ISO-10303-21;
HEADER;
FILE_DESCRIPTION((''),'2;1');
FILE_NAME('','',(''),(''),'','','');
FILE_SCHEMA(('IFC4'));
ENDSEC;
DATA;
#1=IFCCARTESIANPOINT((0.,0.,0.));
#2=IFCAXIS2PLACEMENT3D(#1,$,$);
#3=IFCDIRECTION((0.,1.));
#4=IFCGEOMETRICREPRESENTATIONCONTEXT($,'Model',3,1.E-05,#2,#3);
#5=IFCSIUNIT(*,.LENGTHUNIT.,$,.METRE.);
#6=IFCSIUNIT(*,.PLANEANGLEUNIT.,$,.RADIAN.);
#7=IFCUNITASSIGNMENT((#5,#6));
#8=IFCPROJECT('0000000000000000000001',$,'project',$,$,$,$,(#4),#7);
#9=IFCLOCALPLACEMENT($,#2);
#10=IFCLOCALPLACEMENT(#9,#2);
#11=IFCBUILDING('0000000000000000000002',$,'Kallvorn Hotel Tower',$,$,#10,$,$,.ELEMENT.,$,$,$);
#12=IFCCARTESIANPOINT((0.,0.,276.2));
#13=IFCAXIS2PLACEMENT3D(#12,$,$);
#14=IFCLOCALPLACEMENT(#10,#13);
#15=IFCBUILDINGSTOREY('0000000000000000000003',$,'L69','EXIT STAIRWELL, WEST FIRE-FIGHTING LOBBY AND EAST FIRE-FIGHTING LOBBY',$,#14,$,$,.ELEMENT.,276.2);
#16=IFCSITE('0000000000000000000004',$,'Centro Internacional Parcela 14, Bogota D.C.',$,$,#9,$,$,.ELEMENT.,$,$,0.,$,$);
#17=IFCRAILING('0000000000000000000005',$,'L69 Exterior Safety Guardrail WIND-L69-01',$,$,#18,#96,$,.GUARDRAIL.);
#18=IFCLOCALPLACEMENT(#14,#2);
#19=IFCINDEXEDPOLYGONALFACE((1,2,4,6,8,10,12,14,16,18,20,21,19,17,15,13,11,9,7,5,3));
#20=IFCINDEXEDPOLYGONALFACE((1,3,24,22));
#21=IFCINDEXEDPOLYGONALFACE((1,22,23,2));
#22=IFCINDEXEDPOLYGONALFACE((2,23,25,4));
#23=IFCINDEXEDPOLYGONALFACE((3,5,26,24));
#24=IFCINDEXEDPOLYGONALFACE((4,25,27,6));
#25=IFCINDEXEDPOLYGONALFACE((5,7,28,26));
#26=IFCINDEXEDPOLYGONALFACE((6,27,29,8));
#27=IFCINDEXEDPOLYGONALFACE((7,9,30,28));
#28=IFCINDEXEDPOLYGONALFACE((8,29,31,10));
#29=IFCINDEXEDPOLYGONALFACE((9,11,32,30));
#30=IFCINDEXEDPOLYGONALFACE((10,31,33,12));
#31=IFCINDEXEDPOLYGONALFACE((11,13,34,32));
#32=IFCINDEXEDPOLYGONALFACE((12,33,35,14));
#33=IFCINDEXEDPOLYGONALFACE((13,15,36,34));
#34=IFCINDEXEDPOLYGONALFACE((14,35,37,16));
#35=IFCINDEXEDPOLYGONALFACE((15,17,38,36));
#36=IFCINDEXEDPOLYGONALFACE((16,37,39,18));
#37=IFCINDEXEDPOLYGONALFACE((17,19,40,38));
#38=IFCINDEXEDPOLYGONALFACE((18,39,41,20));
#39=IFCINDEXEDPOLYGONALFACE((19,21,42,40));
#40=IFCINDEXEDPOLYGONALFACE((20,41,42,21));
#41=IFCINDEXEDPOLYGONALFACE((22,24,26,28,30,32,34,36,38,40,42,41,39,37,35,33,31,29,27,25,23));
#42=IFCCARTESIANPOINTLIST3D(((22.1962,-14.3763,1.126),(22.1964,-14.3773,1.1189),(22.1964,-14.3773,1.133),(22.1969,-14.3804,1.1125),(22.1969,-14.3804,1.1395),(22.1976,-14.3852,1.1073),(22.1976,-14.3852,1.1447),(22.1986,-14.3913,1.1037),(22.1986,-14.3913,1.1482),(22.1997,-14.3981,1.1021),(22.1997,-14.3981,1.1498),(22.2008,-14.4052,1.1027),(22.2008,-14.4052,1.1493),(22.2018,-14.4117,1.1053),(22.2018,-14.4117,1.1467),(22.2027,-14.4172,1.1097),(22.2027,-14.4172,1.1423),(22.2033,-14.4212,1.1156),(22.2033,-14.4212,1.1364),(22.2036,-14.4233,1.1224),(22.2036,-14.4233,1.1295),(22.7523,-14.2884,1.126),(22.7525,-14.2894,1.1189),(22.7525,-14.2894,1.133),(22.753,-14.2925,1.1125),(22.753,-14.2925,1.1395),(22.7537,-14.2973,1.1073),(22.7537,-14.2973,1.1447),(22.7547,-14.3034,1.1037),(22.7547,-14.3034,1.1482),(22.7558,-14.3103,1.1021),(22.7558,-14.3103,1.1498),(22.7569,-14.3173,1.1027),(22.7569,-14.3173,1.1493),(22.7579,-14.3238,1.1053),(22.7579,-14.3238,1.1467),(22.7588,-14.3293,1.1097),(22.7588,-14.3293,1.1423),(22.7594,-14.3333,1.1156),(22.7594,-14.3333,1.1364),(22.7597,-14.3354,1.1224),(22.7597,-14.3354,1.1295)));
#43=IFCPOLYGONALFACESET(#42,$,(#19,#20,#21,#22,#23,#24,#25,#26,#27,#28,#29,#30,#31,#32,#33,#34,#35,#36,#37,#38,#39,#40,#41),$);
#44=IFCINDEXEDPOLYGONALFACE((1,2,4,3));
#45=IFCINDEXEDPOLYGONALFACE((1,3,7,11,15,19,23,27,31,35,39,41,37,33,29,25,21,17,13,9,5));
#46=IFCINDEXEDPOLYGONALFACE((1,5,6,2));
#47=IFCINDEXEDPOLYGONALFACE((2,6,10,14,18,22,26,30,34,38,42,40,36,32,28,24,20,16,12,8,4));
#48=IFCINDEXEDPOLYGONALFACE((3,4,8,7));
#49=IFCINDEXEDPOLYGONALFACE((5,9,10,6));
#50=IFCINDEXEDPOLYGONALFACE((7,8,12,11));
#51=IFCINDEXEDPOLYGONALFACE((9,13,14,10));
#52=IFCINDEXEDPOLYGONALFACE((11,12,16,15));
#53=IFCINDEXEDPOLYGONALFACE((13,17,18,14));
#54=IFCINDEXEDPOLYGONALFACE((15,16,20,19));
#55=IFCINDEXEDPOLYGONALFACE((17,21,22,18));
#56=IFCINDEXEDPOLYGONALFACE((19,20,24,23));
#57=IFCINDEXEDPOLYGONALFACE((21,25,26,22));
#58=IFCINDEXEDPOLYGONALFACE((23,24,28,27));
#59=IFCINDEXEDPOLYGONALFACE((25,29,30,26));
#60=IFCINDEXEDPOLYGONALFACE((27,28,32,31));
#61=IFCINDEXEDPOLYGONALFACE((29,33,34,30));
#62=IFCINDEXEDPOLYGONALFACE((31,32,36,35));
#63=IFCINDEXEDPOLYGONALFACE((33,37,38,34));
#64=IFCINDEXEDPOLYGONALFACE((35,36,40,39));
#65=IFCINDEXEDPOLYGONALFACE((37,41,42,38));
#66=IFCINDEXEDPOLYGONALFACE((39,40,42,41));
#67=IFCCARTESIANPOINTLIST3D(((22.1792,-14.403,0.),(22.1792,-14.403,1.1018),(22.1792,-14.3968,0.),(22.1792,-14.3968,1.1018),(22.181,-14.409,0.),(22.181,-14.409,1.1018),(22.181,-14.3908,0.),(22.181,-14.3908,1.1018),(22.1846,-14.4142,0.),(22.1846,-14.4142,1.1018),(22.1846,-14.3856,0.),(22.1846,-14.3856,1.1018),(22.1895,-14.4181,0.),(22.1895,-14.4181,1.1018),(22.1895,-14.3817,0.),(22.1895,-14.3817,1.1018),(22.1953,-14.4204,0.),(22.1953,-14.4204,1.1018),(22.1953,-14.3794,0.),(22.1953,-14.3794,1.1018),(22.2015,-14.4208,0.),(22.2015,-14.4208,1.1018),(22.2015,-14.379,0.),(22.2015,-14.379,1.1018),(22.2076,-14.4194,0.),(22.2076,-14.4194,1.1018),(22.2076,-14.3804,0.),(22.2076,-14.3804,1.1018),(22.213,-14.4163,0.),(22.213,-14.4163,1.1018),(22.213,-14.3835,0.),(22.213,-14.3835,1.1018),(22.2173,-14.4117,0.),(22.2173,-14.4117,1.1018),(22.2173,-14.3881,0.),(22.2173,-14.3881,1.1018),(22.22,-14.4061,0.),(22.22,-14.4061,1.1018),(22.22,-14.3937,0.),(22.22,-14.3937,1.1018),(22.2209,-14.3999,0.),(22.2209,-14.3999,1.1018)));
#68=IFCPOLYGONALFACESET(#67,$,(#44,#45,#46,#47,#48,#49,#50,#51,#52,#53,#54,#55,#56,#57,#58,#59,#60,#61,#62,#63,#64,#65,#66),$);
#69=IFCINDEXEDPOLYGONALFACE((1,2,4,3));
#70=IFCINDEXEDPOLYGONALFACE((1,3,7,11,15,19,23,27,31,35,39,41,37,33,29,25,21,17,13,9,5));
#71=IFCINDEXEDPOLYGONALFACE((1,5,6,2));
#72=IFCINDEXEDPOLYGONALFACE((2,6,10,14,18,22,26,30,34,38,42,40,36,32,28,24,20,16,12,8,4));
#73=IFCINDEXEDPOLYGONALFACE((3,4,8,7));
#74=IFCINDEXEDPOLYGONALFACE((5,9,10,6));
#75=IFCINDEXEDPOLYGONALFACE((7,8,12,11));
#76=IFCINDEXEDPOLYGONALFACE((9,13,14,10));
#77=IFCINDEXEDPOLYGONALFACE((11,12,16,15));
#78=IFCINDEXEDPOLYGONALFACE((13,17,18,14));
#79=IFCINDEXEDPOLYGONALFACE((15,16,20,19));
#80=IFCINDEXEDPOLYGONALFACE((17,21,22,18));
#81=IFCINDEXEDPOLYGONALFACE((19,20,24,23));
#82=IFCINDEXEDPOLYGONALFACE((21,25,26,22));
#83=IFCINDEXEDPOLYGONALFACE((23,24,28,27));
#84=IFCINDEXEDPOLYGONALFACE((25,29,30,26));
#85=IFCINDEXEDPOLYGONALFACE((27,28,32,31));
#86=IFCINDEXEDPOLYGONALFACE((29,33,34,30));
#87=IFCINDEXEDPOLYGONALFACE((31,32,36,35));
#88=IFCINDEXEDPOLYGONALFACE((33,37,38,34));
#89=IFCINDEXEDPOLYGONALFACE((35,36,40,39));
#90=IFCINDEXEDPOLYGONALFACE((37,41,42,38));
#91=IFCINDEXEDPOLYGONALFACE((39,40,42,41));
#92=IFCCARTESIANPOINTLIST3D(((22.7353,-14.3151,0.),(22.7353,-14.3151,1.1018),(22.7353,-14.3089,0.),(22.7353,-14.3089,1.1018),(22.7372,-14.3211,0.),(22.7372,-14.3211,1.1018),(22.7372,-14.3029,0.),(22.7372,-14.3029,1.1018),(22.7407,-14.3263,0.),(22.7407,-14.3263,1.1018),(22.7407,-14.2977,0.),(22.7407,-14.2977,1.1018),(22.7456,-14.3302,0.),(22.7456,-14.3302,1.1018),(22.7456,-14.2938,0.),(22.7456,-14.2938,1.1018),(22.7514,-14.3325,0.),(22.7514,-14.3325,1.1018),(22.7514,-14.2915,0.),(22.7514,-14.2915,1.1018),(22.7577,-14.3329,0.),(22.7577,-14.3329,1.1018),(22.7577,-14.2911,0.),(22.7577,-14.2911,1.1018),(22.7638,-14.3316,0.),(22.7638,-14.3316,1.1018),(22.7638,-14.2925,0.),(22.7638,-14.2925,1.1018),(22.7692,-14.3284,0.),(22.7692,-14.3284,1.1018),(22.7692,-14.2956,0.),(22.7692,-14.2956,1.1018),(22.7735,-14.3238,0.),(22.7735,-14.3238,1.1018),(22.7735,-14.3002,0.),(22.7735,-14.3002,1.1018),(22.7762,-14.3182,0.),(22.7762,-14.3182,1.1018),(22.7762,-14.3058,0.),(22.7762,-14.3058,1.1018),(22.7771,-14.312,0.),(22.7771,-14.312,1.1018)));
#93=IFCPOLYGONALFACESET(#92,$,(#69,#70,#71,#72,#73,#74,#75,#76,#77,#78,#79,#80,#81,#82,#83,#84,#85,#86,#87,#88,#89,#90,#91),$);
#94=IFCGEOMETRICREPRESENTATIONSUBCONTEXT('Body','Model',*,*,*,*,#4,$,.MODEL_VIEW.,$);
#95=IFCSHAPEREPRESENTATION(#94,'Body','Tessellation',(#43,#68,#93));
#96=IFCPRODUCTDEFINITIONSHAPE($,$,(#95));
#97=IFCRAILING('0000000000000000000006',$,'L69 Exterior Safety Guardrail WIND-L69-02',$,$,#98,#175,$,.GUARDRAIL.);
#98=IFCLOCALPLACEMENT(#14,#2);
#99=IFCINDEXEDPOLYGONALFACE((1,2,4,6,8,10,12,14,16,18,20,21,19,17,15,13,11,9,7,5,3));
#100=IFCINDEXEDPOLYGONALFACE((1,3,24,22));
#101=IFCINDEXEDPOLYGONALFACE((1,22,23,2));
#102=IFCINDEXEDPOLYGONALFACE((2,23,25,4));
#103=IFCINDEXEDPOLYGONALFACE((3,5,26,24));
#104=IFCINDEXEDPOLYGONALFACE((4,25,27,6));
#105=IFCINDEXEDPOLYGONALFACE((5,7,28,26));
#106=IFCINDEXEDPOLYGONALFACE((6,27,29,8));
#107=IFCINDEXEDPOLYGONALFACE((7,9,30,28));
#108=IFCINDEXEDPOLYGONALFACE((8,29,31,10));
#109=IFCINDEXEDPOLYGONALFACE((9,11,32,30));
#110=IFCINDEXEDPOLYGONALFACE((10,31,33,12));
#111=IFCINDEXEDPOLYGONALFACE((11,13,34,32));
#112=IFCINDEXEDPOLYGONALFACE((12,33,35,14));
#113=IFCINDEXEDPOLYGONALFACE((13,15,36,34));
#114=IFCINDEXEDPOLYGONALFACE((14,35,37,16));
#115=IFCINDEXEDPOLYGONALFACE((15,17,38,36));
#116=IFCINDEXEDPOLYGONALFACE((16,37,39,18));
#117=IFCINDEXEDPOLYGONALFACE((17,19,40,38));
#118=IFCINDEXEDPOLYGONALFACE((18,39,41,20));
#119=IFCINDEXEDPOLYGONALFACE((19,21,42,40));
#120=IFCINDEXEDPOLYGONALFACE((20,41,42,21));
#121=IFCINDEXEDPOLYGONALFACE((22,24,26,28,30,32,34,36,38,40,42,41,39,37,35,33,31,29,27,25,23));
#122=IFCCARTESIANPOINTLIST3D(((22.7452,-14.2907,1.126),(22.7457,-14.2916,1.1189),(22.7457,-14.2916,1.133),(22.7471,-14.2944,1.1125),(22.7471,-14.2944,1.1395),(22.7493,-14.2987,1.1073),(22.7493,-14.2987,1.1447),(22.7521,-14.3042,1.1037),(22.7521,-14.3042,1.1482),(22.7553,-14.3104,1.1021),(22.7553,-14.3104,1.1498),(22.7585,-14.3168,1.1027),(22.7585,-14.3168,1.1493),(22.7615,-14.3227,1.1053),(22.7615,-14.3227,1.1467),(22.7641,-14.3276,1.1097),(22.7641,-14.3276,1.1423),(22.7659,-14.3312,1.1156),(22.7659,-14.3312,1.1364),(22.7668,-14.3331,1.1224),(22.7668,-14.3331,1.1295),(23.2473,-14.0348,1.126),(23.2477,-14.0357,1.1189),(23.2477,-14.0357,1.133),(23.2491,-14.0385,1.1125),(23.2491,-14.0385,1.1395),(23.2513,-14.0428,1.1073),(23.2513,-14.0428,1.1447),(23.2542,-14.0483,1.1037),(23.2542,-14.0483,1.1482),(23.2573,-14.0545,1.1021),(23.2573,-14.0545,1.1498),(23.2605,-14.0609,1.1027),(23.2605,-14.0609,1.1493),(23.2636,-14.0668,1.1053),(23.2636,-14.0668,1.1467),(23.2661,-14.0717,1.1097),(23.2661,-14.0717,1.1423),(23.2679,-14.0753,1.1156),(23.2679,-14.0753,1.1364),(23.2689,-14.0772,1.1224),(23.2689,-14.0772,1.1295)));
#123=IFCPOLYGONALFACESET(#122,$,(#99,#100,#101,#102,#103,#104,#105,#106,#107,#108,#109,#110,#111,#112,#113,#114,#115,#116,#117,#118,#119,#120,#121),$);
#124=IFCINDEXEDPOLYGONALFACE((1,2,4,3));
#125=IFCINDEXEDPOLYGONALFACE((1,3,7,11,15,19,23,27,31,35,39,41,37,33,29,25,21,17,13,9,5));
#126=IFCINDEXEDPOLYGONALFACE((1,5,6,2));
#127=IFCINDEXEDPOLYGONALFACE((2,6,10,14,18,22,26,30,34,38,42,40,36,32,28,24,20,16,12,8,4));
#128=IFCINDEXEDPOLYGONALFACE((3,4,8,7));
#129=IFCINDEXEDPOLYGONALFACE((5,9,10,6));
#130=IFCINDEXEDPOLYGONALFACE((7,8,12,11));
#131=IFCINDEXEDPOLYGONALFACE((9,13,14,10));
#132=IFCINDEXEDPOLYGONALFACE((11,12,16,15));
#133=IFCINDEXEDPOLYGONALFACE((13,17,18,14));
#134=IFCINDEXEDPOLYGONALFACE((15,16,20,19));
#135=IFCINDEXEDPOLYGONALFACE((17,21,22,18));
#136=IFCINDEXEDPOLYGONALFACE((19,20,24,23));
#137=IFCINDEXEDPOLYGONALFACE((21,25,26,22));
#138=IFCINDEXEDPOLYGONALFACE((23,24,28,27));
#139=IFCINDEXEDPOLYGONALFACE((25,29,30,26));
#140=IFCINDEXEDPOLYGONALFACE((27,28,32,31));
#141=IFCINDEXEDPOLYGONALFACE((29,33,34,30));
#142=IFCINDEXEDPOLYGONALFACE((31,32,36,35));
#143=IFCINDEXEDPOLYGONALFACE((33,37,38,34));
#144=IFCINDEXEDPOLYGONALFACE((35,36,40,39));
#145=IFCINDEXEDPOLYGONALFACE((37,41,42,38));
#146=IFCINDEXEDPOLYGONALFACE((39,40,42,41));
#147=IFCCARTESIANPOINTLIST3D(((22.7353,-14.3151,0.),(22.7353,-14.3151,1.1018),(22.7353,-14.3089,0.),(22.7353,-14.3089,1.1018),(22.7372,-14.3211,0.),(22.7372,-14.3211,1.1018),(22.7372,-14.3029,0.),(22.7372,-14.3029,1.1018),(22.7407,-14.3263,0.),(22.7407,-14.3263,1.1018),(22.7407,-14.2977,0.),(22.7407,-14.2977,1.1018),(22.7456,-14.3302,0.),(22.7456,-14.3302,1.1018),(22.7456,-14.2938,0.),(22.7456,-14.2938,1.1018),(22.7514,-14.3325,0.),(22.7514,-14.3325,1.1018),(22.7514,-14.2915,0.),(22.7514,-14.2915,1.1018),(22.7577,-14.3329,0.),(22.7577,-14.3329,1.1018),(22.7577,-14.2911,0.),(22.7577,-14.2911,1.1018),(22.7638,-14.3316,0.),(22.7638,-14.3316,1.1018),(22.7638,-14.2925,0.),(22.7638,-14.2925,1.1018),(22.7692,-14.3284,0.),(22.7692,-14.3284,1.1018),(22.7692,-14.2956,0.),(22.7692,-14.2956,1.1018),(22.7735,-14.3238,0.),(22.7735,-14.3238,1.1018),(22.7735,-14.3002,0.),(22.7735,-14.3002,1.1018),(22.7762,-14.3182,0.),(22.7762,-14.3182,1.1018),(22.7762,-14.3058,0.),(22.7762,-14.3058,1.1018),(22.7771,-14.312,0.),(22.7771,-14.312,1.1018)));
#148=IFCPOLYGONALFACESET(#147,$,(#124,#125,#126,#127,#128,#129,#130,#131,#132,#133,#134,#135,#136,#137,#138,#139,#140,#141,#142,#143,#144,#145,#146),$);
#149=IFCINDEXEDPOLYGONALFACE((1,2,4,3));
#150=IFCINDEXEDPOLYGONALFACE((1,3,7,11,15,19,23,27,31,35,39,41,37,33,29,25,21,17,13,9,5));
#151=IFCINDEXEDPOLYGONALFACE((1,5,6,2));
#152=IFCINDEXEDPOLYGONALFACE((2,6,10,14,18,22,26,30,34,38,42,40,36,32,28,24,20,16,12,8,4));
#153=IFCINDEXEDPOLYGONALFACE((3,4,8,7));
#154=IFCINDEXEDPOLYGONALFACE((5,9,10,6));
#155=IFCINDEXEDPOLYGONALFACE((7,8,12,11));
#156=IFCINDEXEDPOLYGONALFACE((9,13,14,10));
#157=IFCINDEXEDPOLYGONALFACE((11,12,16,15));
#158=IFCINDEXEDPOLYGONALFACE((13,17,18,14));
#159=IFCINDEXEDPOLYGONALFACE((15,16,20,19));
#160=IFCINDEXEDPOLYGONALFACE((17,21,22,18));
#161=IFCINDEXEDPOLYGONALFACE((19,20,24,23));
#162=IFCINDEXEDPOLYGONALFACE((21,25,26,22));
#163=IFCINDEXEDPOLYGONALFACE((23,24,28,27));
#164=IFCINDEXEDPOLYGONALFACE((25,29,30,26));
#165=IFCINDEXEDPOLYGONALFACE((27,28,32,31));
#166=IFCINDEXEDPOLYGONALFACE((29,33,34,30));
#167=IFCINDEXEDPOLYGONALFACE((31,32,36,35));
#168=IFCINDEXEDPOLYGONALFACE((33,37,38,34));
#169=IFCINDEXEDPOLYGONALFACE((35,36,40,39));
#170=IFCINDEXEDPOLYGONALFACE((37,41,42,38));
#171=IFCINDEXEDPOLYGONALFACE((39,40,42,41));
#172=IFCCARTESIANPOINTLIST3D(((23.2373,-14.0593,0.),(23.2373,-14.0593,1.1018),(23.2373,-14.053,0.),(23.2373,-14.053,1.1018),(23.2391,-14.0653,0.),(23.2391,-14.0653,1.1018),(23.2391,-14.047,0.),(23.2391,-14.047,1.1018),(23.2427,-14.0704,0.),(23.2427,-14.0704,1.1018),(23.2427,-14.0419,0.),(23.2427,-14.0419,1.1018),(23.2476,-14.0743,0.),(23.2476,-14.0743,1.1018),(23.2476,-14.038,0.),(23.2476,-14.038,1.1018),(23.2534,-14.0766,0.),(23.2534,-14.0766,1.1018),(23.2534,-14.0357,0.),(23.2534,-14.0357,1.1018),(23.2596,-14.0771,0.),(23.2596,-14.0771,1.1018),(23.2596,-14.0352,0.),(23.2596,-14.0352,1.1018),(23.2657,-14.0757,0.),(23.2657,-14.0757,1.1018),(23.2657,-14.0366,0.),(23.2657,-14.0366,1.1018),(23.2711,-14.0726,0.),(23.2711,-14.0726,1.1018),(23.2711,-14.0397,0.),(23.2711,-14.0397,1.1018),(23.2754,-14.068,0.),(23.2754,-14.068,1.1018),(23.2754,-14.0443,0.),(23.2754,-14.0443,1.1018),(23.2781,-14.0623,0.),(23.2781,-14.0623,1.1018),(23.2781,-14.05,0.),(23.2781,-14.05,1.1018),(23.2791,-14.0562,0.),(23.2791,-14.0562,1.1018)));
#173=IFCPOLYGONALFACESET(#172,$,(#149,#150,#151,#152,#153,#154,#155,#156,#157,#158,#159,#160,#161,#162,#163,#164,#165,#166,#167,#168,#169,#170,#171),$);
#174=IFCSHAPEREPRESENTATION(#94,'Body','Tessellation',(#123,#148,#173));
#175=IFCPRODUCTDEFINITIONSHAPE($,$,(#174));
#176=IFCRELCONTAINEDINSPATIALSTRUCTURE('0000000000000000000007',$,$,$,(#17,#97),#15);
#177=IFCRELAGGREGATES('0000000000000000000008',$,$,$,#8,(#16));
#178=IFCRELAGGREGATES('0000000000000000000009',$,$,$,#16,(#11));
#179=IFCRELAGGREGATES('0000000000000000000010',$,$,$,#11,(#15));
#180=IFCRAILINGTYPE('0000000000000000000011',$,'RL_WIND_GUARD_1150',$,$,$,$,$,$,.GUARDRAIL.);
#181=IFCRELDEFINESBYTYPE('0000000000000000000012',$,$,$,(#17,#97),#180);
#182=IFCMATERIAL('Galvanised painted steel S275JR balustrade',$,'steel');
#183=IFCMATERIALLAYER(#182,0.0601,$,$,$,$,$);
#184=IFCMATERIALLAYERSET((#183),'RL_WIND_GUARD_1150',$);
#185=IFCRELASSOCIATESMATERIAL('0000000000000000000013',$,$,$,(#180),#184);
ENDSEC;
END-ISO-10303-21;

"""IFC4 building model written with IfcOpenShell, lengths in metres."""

from ifc_helpers import new_model, si_unit, direction, frame, origin, origin_2d, place, context, subcontext, project, spatial, circle, extrude, material, layer, layer_set, type_object, element, save


model = new_model("IFC4")

# Units and contexts
model_context = context("Model", 3, precision=1e-05, world=origin(), true_north=direction((0.0, 1.0)))
body_context = subcontext(model_context, "Body", "Model", "MODEL_VIEW")
ifc_project = project(units=[si_unit("LENGTHUNIT", "METRE"), si_unit("PLANEANGLEUNIT", "RADIAN")], contexts=[model_context])

# Site, building, storey
site_placement = place(None, origin())
site = spatial("IfcSite", under=ifc_project, at=site_placement, Name="Centro Internacional Parcela 14, Bogota D.C.", CompositionType="ELEMENT", RefElevation=0.0)
building_placement = place(site_placement, origin())
building = spatial("IfcBuilding", under=site, at=building_placement, Name="Kallvorn Hotel Tower", CompositionType="ELEMENT")
storey_placement = place(building_placement, frame((0.0, 0.0, 276.2)))
storey = spatial("IfcBuildingStorey", under=building, at=storey_placement, Name="L69", Description="EXIT STAIRWELL, WEST FIRE-FIGHTING LOBBY AND EAST FIRE-FIGHTING LOBBY", CompositionType="ELEMENT", Elevation=276.2)

# Railings
ifc_material_1 = material(Name="Galvanised painted steel S275JR balustrade", Category="steel")
ifc_layer_1 = layer(ifc_material_1, 0.0601)
ifc_layer_set_1 = layer_set([ifc_layer_1], Name="RL_WIND_GUARD_1150")
railing_type = type_object("IfcRailingType", Name="RL_WIND_GUARD_1150", PredefinedType="GUARDRAIL", material=ifc_layer_set_1)
railing_1_placement = place(storey_placement, frame((22.2, -14.3999, 0.0)))
element("IfcRailing", 1, at=railing_1_placement, inside=storey, type_object=railing_type, Name="L69 Exterior Safety Guardrail WIND-L69-01", PredefinedType="GUARDRAIL", context=body_context, shape_type="SweptSolid", body=[
    extrude(circle(Radius=0.0239, at=origin_2d()), frame((0.0, 0.0, 1.126), z_axis=(0.987742, 0.156096, 0.0), x_axis=(-0.156096, 0.987742, 0.0)), (0.0, 0.0, 1.0), 0.563),
    extrude(circle(Radius=0.021, at=origin_2d()), origin(), (0.0, 0.0, 1.0), 1.1018),
    extrude(circle(Radius=0.021, at=origin_2d()), frame((0.5562, 0.0879, 0.0)), (0.0, 0.0, 1.0), 1.1018),
])
railing_2_placement = place(storey_placement, frame((22.7561, -14.312, 0.0)))
element("IfcRailing", 2, at=railing_2_placement, inside=storey, type_object=railing_type, Name="L69 Exterior Safety Guardrail WIND-L69-02", PredefinedType="GUARDRAIL", context=body_context, shape_type="SweptSolid", body=[
    extrude(circle(Radius=0.0239, at=origin_2d()), frame((0.0, 0.0, 1.126), z_axis=(0.890934, 0.454133, 0.0), x_axis=(-0.454133, 0.890934, 0.0)), (0.0, 0.0, 1.0), 0.5635),
    extrude(circle(Radius=0.021, at=origin_2d()), origin(), (0.0, 0.0, 1.0), 1.1018),
    extrude(circle(Radius=0.021, at=origin_2d()), frame((0.502, 0.2559, 0.0)), (0.0, 0.0, 1.0), 1.1018),
])

save(model, "model.ifc")
